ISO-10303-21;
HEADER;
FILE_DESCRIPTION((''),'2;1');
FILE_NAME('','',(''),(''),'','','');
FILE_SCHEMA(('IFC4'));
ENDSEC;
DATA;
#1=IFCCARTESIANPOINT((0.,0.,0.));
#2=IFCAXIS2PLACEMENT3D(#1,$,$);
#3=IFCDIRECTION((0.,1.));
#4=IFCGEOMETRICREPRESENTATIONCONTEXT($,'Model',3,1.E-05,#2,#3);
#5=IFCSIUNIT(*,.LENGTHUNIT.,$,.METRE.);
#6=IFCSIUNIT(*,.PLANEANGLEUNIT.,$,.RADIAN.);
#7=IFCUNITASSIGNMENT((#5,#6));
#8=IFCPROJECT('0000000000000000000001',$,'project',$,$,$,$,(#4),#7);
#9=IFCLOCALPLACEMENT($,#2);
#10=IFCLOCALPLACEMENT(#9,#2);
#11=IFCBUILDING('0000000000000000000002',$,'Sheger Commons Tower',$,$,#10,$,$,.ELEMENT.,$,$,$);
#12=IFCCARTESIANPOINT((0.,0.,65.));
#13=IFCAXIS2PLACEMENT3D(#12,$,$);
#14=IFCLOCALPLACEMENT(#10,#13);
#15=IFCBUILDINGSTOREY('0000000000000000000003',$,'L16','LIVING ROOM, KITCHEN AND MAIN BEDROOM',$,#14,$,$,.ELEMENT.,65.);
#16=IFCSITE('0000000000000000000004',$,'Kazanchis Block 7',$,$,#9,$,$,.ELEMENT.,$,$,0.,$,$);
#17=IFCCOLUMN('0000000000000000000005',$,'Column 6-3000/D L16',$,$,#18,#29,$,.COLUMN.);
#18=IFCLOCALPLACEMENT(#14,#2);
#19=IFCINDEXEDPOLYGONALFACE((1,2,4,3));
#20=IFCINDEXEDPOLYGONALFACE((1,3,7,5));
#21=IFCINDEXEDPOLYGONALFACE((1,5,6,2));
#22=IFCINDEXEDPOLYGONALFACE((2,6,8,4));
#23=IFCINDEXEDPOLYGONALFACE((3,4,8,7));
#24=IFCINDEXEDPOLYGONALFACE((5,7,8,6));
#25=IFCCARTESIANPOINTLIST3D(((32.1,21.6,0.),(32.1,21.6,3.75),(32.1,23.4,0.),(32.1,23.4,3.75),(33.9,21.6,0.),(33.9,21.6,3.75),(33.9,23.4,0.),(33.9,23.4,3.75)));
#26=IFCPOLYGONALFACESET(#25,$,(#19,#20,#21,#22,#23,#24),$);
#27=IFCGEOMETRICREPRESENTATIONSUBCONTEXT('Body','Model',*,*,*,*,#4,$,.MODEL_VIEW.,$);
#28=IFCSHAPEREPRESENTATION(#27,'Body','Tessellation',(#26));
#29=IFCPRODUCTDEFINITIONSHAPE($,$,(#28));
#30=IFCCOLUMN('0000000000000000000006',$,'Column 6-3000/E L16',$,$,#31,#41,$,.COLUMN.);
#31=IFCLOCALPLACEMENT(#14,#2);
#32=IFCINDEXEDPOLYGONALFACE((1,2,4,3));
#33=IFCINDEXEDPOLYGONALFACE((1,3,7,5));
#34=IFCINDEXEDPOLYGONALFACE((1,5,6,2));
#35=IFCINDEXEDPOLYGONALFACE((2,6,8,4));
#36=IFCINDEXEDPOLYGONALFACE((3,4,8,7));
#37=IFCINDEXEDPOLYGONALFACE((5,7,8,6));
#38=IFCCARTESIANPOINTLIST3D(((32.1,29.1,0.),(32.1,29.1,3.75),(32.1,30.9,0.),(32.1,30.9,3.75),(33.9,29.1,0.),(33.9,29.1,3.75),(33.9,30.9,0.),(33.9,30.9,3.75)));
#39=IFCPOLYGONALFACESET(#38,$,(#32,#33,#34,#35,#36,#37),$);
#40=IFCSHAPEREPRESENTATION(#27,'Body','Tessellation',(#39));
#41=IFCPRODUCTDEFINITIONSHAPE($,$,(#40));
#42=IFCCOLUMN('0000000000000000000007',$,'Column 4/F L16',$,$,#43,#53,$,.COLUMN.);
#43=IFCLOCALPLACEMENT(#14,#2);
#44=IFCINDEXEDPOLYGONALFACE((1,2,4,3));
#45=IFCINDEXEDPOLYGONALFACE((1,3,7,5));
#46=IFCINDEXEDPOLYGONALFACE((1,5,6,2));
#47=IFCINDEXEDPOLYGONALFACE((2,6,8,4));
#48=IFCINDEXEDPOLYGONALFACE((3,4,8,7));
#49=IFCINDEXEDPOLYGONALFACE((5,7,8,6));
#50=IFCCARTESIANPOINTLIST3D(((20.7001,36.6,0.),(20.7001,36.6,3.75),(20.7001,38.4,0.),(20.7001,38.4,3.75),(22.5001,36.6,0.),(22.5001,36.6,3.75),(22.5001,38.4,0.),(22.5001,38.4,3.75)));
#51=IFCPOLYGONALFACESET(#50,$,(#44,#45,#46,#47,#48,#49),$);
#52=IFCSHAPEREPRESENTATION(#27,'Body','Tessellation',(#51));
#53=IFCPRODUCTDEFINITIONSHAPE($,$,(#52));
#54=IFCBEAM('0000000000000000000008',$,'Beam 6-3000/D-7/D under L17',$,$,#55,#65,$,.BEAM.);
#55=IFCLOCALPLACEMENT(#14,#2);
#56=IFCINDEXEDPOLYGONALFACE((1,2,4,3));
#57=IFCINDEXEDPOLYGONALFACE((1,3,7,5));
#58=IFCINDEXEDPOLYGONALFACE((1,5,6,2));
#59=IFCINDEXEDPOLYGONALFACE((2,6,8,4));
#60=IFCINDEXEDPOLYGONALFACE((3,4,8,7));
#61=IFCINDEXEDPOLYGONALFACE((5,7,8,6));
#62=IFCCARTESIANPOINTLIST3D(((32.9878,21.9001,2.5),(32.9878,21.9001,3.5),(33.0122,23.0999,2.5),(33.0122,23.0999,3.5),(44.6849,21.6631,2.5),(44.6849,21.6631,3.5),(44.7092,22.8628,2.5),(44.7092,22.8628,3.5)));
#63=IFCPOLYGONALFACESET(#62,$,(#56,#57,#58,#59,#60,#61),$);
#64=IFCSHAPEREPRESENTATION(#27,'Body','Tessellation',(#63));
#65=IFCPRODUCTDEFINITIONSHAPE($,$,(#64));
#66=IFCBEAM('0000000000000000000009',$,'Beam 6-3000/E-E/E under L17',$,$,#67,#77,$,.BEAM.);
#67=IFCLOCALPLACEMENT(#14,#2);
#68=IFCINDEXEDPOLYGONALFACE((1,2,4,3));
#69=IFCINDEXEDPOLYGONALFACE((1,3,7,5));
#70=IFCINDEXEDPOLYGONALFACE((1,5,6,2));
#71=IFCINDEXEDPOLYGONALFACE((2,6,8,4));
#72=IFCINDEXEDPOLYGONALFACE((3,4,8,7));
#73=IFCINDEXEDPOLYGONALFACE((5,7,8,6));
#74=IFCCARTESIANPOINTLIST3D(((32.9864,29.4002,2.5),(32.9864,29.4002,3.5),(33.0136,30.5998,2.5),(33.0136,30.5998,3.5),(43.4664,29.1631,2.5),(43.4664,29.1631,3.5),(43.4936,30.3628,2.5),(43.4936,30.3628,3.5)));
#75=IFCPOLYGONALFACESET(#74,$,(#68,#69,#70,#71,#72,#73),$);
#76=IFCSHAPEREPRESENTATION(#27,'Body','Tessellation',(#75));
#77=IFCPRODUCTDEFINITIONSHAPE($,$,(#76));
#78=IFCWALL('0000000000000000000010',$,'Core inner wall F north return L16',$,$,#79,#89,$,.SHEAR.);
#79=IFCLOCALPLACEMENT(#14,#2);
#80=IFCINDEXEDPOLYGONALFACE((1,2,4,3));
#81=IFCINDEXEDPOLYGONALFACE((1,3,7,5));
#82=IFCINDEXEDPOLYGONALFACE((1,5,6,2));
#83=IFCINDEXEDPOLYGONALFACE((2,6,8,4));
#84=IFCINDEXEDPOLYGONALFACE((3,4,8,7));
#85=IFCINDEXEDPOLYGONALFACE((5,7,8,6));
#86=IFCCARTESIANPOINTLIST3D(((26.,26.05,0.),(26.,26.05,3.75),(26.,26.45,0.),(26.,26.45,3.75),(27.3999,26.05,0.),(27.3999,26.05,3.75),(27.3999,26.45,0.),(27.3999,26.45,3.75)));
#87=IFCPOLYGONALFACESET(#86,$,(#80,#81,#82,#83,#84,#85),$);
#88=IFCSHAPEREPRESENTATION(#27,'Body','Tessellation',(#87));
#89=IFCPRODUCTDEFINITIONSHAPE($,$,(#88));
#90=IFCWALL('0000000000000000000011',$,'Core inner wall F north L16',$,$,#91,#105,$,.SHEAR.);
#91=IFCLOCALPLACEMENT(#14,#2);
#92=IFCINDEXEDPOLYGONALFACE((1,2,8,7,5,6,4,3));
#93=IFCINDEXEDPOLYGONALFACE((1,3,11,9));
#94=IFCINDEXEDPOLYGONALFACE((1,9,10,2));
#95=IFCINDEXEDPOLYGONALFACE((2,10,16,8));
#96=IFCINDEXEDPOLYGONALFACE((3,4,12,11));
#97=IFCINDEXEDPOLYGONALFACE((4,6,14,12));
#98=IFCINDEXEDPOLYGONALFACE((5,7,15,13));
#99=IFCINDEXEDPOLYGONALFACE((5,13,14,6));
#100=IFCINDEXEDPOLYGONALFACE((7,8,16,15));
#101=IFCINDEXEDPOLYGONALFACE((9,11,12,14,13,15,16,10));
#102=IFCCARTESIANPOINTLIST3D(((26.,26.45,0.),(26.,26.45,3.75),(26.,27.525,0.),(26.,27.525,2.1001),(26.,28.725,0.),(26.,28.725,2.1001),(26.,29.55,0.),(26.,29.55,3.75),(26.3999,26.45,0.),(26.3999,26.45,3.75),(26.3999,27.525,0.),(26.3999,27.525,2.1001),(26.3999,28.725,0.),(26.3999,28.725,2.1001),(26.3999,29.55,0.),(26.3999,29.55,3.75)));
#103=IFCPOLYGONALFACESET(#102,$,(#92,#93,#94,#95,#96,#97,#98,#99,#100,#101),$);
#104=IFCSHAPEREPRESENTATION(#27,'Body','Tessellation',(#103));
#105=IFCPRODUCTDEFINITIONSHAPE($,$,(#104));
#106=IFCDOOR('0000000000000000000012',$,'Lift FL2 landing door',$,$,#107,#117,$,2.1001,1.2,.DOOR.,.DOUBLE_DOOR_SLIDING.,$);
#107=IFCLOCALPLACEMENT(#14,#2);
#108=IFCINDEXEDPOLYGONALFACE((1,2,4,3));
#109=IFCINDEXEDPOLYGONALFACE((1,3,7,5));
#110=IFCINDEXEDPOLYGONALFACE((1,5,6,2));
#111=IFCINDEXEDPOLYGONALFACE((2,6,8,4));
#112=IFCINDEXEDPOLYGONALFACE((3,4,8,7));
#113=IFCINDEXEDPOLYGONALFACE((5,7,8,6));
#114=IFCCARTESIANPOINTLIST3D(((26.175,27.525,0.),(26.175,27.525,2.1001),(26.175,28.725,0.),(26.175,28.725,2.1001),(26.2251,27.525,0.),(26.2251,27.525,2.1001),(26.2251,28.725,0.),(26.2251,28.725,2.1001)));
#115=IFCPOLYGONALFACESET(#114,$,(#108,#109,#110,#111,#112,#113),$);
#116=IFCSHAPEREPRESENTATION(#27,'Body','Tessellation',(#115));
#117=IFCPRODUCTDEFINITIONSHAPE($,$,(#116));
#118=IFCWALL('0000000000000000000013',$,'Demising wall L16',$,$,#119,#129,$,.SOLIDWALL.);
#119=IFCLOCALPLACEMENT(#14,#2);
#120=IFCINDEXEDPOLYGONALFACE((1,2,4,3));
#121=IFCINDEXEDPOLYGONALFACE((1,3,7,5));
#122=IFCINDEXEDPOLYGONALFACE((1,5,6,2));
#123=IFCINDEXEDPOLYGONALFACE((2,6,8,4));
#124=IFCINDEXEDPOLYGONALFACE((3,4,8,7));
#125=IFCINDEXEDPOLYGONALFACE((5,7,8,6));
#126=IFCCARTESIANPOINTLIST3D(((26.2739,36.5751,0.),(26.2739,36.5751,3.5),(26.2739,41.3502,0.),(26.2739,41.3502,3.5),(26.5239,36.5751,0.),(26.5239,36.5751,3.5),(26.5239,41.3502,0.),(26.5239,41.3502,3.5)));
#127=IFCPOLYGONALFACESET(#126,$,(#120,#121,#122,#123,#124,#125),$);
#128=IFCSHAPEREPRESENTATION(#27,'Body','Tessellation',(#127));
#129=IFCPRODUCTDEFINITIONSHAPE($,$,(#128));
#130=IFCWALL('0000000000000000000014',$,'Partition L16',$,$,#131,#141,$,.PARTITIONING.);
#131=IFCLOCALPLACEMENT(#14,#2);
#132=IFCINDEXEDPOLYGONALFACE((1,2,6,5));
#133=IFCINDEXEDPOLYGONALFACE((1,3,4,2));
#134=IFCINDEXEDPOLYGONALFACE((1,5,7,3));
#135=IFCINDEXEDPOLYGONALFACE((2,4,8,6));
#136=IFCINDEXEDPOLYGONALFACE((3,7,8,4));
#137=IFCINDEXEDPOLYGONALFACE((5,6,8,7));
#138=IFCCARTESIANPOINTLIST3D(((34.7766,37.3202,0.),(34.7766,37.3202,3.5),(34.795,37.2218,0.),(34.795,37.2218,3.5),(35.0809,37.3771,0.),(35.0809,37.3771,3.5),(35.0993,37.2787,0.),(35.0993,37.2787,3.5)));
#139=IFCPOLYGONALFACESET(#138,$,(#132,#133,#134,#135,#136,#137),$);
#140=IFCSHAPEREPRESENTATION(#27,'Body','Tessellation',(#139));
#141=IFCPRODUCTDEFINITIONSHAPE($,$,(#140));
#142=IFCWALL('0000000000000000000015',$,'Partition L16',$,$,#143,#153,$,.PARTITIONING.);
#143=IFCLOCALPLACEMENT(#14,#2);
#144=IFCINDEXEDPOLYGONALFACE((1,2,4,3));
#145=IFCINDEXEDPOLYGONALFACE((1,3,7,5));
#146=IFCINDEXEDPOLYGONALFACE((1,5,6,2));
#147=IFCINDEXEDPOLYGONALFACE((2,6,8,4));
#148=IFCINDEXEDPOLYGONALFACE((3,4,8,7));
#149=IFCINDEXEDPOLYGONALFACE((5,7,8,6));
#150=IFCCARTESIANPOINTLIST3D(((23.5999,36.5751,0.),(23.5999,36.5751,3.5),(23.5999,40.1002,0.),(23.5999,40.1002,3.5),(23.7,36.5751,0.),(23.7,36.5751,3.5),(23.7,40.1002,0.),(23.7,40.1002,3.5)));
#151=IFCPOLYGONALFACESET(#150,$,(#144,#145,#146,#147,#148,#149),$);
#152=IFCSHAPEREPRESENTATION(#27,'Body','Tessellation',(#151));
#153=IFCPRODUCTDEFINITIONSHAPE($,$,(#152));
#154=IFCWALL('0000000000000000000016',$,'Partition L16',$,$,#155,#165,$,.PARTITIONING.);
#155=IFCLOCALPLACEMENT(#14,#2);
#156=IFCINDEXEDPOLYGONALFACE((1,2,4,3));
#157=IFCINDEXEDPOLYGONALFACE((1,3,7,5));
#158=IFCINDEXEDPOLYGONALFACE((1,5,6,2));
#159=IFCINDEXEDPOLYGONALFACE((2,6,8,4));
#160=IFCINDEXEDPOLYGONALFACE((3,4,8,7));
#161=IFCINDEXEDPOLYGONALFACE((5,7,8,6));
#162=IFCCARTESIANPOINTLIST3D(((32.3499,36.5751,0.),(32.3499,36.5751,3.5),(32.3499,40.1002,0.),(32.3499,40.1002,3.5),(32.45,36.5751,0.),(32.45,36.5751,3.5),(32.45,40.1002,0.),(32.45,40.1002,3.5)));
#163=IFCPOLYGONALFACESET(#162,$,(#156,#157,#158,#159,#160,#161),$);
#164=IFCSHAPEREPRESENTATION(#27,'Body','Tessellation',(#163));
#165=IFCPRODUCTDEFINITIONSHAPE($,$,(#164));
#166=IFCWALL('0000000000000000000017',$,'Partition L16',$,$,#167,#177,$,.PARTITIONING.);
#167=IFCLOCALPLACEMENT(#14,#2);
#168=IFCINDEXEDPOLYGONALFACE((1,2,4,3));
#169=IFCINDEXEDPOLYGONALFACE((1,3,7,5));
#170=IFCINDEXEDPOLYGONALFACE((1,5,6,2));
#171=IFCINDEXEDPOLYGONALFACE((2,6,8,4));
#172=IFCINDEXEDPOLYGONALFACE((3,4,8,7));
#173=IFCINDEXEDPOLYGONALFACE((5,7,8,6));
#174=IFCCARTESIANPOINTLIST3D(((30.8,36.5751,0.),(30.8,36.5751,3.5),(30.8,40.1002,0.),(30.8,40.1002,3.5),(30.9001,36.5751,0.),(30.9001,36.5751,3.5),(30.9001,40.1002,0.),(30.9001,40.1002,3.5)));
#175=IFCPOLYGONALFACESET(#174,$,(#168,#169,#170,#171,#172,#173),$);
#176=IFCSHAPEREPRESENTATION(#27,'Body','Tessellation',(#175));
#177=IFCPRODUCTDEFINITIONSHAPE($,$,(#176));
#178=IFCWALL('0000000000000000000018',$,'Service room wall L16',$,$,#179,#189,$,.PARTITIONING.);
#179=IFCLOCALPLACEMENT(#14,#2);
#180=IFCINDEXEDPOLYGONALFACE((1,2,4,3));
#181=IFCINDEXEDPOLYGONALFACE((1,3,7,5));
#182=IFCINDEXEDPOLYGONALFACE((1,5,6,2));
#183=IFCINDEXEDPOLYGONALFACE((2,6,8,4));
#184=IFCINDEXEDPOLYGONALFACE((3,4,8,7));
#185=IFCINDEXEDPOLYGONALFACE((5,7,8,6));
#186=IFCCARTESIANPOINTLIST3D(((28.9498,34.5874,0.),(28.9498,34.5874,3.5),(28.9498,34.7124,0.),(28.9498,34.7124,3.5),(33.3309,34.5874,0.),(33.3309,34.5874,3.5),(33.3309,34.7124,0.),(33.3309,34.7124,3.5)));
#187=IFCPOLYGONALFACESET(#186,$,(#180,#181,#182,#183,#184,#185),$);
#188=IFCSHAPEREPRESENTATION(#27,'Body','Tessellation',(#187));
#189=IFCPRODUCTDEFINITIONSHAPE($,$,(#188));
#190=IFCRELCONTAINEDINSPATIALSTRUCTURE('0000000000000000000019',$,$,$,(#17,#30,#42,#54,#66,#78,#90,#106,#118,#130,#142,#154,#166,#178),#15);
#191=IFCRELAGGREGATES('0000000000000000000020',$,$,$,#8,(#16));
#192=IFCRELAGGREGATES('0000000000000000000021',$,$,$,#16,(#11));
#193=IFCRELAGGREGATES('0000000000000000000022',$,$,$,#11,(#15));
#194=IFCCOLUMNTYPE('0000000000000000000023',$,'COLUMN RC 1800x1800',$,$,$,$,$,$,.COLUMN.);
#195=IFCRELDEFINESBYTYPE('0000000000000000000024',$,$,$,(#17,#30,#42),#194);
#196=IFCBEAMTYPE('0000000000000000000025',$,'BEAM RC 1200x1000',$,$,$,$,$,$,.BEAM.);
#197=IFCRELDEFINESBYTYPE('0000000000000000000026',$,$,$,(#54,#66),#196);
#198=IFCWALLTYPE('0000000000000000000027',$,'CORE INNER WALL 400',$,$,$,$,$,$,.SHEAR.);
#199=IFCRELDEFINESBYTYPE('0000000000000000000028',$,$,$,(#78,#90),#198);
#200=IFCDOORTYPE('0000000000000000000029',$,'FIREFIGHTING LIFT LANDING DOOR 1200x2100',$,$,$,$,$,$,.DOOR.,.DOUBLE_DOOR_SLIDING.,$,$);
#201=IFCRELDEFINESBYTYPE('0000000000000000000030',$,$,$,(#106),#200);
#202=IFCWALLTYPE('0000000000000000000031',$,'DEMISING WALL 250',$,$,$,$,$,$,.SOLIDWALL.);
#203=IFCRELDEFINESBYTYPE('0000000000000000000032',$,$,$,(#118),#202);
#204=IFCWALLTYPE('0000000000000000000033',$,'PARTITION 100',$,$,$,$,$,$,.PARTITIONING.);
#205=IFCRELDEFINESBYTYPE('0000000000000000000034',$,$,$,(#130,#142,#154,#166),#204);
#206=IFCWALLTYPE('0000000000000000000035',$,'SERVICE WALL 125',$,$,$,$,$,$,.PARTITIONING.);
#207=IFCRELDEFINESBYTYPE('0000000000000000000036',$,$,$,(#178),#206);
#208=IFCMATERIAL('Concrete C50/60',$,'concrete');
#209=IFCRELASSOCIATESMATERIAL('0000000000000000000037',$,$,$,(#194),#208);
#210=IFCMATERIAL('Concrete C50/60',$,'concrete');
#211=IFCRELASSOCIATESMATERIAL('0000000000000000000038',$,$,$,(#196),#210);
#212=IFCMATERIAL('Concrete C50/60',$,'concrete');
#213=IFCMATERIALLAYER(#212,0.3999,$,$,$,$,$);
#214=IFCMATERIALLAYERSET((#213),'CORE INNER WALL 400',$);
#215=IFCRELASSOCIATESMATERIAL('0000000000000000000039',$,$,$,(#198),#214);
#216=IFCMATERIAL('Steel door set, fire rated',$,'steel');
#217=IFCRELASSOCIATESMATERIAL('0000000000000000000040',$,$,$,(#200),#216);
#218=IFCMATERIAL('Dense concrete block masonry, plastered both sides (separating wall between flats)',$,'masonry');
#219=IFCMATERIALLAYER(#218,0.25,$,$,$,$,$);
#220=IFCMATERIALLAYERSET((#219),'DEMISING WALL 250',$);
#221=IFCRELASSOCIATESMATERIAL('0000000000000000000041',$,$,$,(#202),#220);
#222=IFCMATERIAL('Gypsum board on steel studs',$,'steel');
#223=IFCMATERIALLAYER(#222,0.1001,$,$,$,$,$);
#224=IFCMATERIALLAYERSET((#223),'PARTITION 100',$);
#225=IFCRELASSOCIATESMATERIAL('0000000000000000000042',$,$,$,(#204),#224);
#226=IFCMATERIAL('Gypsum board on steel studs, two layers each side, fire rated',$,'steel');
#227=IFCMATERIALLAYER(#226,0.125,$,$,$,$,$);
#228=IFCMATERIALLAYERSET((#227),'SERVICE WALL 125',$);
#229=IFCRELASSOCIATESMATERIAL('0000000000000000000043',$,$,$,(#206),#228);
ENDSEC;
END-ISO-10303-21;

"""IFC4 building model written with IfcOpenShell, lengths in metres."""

from ifc_helpers import new_model, si_unit, direction, frame, frame_2d, origin, origin_2d, place, context, subcontext, project, spatial, rectangle, extrude, material, layer, layer_set, material_profile, profile_set, type_object, element, fill, save


model = new_model("IFC4")

# Units and contexts
model_context = context("Model", 3, precision=1e-05, world=origin(), true_north=direction((0.0, 1.0)))
body_context = subcontext(model_context, "Body", "Model", "MODEL_VIEW")
ifc_project = project(units=[si_unit("LENGTHUNIT", "METRE"), si_unit("PLANEANGLEUNIT", "RADIAN")], contexts=[model_context])

# Site, building, storey
site_placement = place(None, origin())
site = spatial("IfcSite", under=ifc_project, at=site_placement, Name="Kazanchis Block 7", CompositionType="ELEMENT", RefElevation=0.0)
building_placement = place(site_placement, origin())
building = spatial("IfcBuilding", under=site, at=building_placement, Name="Sheger Commons Tower", CompositionType="ELEMENT")
storey_placement = place(building_placement, frame((0.0, 0.0, 65.0)))
storey = spatial("IfcBuildingStorey", under=building, at=storey_placement, Name="L16", Description="LIVING ROOM, KITCHEN AND MAIN BEDROOM", CompositionType="ELEMENT", Elevation=65.0)

# Columns
ifc_material_1 = material(Name="Concrete C50/60", Category="concrete")
ifc_material_profile_1 = material_profile(ifc_material_1, rectangle(XDim=1.8, YDim=1.8, at=origin_2d()), Name="RC 1800x1800")
ifc_profile_set_1 = profile_set([ifc_material_profile_1], Name="Concrete C50/60")
column_type = type_object("IfcColumnType", Name="COLUMN RC 1800x1800", PredefinedType="COLUMN", material=ifc_profile_set_1)
for number, where, z_axis, x_axis, name in (
    (1, (33.0, 22.5, 0.0), (0.0, 0.0, 1.0), (1.0, 0.0, 0.0), "Column 6-3000/D L16"),
    (2, (33.0, 30.0, 0.0), (0.0, 0.0, 1.0), (1.0, 0.0, 0.0), "Column 6-3000/E L16"),
    (3, (21.6001, 37.5, 0.0), (0.0, 0.0, 1.0), (1.0, 0.0, 0.0), "Column 4/F L16"),
):
    element("IfcColumn", number, at=place(storey_placement, frame(where, z_axis=z_axis, x_axis=x_axis)), inside=storey, type_object=column_type, Name=name, PredefinedType="COLUMN", context=body_context, shape_type="SweptSolid", body=[
        extrude(rectangle(XDim=1.8, YDim=1.8, at=origin_2d()), origin(), (0.0, 0.0, 1.0), 3.75),
    ])

# Beams
ifc_material_2 = material(Name="Concrete C50/60", Category="concrete")
ifc_material_profile_2 = material_profile(ifc_material_2, rectangle(XDim=1.2, YDim=1.0, at=origin_2d()), Name="RC 1200x1000")
ifc_profile_set_2 = profile_set([ifc_material_profile_2], Name="Concrete C50/60")
beam_type = type_object("IfcBeamType", Name="BEAM RC 1200x1000", PredefinedType="BEAM", material=ifc_profile_set_2)
beam_1_placement = place(storey_placement, frame((33.0, 22.5, 3.0), z_axis=(0.999795, -0.020263, 0.0), x_axis=(0.020263, 0.999795, 0.0)))
element("IfcBeam", 4, at=beam_1_placement, inside=storey, type_object=beam_type, Name="Beam 6-3000/D-7/D under L17", PredefinedType="BEAM", context=body_context, shape_type="SweptSolid", body=[
    extrude(rectangle(XDim=1.2, YDim=1.0, at=origin_2d()), origin(), (0.0, 0.0, 1.0), 11.6995),
])
beam_2_placement = place(storey_placement, frame((33.0, 30.0, 3.0), z_axis=(0.999744, -0.022615, 0.0), x_axis=(0.022615, 0.999744, 0.0)))
element("IfcBeam", 5, at=beam_2_placement, inside=storey, type_object=beam_type, Name="Beam 6-3000/E-E/E under L17", PredefinedType="BEAM", context=body_context, shape_type="SweptSolid", body=[
    extrude(rectangle(XDim=1.2, YDim=1.0, at=origin_2d()), origin(), (0.0, 0.0, 1.0), 10.4827),
])

# Wall
ifc_material_3 = material(Name="Concrete C50/60", Category="concrete")
ifc_layer_1 = layer(ifc_material_3, 0.3999)
ifc_layer_set_1 = layer_set([ifc_layer_1], Name="CORE INNER WALL 400")
wall_type_1 = type_object("IfcWallType", Name="CORE INNER WALL 400", PredefinedType="SHEAR", material=ifc_layer_set_1)
wall_1_placement = place(storey_placement, frame((26.0, 26.25, 0.0), z_axis=(0.0, 0.0, 1.0), x_axis=(1.0, 0.0, 0.0)))
element("IfcWall", 6, at=wall_1_placement, inside=storey, type_object=wall_type_1, Name="Core inner wall F north return L16", PredefinedType="SHEAR", context=body_context, shape_type="SweptSolid", body=[
    extrude(rectangle(XDim=1.3999, YDim=0.3999, at=frame_2d((0.7, 0.0))), origin(), (0.0, 0.0, 1.0), 3.75),
])

# Wall, opening, door
wall_2_placement = place(storey_placement, frame((26.2, 26.45, 0.0), z_axis=(0.0, 0.0, 1.0), x_axis=(0.0, 1.0, 0.0)))
wall_2 = element("IfcWall", 7, at=wall_2_placement, inside=storey, type_object=wall_type_1, Name="Core inner wall F north L16", PredefinedType="SHEAR", context=body_context, shape_type="SweptSolid", body=[
    extrude(rectangle(XDim=3.1001, YDim=0.3999, at=frame_2d((1.55, 0.0))), origin(), (0.0, 0.0, 1.0), 3.75),
])
opening_placement = place(wall_2_placement, frame((1.075, 0.0, 0.0)))
opening = element("IfcOpeningElement", 8, at=opening_placement, cuts=wall_2, PredefinedType="OPENING", context=body_context, shape_type="SweptSolid", body=[
    extrude(rectangle(XDim=1.2, YDim=2.1001, at=frame_2d((0.6001, 1.05))), frame((0.0, 0.21, 0.0), z_axis=(0.0, -1.0, 0.0), x_axis=(1.0, 0.0, 0.0)), (0.0, 0.0, 1.0), 0.4199),
])
ifc_material_4 = material(Name="Steel door set, fire rated", Category="steel")
door_type = type_object("IfcDoorType", Name="FIREFIGHTING LIFT LANDING DOOR 1200x2100", OperationType="DOUBLE_DOOR_SLIDING", PredefinedType="DOOR", material=ifc_material_4)
door_placement = place(opening_placement, origin())
door = element("IfcDoor", 9, at=door_placement, inside=storey, type_object=door_type, Name="Lift FL2 landing door", OperationType="DOUBLE_DOOR_SLIDING", OverallHeight=2.1001, OverallWidth=1.2, PredefinedType="DOOR", context=body_context, shape_type="SweptSolid", body=[
    extrude(rectangle(XDim=1.2, YDim=2.1001, at=frame_2d((0.6001, 1.05))), frame((0.0, 0.0249, 0.0), z_axis=(0.0, -1.0, 0.0), x_axis=(1.0, 0.0, 0.0)), (0.0, 0.0, 1.0), 0.05),
])
fill(opening, door)

# Walls
ifc_material_5 = material(Name="Dense concrete block masonry, plastered both sides (separating wall between flats)", Category="masonry")
ifc_layer_2 = layer(ifc_material_5, 0.25)
ifc_layer_set_2 = layer_set([ifc_layer_2], Name="DEMISING WALL 250")
wall_type_2 = type_object("IfcWallType", Name="DEMISING WALL 250", PredefinedType="SOLIDWALL", material=ifc_layer_set_2)
wall_3_placement = place(storey_placement, frame((26.3989, 36.575, 0.0), z_axis=(0.0, 0.0, 1.0), x_axis=(0.0, 1.0, 0.0)))
element("IfcWall", 10, at=wall_3_placement, inside=storey, type_object=wall_type_2, Name="Demising wall L16", PredefinedType="SOLIDWALL", context=body_context, shape_type="SweptSolid", body=[
    extrude(rectangle(XDim=4.7751, YDim=0.25, at=frame_2d((2.3877, 0.0))), origin(), (0.0, 0.0, 1.0), 3.5),
])
ifc_material_6 = material(Name="Gypsum board on steel studs", Category="steel")
ifc_layer_3 = layer(ifc_material_6, 0.1001)
ifc_layer_set_3 = layer_set([ifc_layer_3], Name="PARTITION 100")
wall_type_3 = type_object("IfcWallType", Name="PARTITION 100", PredefinedType="PARTITIONING", material=ifc_layer_set_3)
wall_4_placement = place(storey_placement, frame((35.0901, 37.3279, 0.0), z_axis=(0.0, 0.0, 1.0), x_axis=(-0.982961, -0.183812, 0.0)))
element("IfcWall", 11, at=wall_4_placement, inside=storey, type_object=wall_type_3, Name="Partition L16", PredefinedType="PARTITIONING", context=body_context, shape_type="SweptSolid", body=[
    extrude(rectangle(XDim=0.3096, YDim=0.1001, at=frame_2d((0.1548, 0.0))), origin(), (0.0, 0.0, 1.0), 3.5),
])
for number, where, z_axis, x_axis, name in (
    (12, (23.6499, 36.575, 0.0), (0.0, 0.0, 1.0), (0.0, 1.0, 0.0), "Partition L16"),
    (13, (32.3999, 36.575, 0.0), (0.0, 0.0, 1.0), (0.0, 1.0, 0.0), "Partition L16"),
    (14, (30.8501, 36.575, 0.0), (0.0, 0.0, 1.0), (0.0, 1.0, 0.0), "Partition L16"),
):
    element("IfcWall", number, at=place(storey_placement, frame(where, z_axis=z_axis, x_axis=x_axis)), inside=storey, type_object=wall_type_3, Name=name, PredefinedType="PARTITIONING", context=body_context, shape_type="SweptSolid", body=[
        extrude(rectangle(XDim=3.5251, YDim=0.1001, at=frame_2d((1.7627, 0.0))), origin(), (0.0, 0.0, 1.0), 3.5),
    ])
ifc_material_7 = material(Name="Gypsum board on steel studs, two layers each side, fire rated", Category="steel")
ifc_layer_4 = layer(ifc_material_7, 0.125)
ifc_layer_set_4 = layer_set([ifc_layer_4], Name="SERVICE WALL 125")
wall_type_4 = type_object("IfcWallType", Name="SERVICE WALL 125", PredefinedType="PARTITIONING", material=ifc_layer_set_4)
wall_5_placement = place(storey_placement, frame((28.95, 34.6499, 0.0), z_axis=(0.0, 0.0, 1.0), x_axis=(1.0, 0.0, 0.0)))
element("IfcWall", 15, at=wall_5_placement, inside=storey, type_object=wall_type_4, Name="Service room wall L16", PredefinedType="PARTITIONING", context=body_context, shape_type="SweptSolid", body=[
    extrude(rectangle(XDim=4.3811, YDim=0.125, at=frame_2d((2.1904, 0.0))), origin(), (0.0, 0.0, 1.0), 3.5),
])

save(model, "model.ifc")
